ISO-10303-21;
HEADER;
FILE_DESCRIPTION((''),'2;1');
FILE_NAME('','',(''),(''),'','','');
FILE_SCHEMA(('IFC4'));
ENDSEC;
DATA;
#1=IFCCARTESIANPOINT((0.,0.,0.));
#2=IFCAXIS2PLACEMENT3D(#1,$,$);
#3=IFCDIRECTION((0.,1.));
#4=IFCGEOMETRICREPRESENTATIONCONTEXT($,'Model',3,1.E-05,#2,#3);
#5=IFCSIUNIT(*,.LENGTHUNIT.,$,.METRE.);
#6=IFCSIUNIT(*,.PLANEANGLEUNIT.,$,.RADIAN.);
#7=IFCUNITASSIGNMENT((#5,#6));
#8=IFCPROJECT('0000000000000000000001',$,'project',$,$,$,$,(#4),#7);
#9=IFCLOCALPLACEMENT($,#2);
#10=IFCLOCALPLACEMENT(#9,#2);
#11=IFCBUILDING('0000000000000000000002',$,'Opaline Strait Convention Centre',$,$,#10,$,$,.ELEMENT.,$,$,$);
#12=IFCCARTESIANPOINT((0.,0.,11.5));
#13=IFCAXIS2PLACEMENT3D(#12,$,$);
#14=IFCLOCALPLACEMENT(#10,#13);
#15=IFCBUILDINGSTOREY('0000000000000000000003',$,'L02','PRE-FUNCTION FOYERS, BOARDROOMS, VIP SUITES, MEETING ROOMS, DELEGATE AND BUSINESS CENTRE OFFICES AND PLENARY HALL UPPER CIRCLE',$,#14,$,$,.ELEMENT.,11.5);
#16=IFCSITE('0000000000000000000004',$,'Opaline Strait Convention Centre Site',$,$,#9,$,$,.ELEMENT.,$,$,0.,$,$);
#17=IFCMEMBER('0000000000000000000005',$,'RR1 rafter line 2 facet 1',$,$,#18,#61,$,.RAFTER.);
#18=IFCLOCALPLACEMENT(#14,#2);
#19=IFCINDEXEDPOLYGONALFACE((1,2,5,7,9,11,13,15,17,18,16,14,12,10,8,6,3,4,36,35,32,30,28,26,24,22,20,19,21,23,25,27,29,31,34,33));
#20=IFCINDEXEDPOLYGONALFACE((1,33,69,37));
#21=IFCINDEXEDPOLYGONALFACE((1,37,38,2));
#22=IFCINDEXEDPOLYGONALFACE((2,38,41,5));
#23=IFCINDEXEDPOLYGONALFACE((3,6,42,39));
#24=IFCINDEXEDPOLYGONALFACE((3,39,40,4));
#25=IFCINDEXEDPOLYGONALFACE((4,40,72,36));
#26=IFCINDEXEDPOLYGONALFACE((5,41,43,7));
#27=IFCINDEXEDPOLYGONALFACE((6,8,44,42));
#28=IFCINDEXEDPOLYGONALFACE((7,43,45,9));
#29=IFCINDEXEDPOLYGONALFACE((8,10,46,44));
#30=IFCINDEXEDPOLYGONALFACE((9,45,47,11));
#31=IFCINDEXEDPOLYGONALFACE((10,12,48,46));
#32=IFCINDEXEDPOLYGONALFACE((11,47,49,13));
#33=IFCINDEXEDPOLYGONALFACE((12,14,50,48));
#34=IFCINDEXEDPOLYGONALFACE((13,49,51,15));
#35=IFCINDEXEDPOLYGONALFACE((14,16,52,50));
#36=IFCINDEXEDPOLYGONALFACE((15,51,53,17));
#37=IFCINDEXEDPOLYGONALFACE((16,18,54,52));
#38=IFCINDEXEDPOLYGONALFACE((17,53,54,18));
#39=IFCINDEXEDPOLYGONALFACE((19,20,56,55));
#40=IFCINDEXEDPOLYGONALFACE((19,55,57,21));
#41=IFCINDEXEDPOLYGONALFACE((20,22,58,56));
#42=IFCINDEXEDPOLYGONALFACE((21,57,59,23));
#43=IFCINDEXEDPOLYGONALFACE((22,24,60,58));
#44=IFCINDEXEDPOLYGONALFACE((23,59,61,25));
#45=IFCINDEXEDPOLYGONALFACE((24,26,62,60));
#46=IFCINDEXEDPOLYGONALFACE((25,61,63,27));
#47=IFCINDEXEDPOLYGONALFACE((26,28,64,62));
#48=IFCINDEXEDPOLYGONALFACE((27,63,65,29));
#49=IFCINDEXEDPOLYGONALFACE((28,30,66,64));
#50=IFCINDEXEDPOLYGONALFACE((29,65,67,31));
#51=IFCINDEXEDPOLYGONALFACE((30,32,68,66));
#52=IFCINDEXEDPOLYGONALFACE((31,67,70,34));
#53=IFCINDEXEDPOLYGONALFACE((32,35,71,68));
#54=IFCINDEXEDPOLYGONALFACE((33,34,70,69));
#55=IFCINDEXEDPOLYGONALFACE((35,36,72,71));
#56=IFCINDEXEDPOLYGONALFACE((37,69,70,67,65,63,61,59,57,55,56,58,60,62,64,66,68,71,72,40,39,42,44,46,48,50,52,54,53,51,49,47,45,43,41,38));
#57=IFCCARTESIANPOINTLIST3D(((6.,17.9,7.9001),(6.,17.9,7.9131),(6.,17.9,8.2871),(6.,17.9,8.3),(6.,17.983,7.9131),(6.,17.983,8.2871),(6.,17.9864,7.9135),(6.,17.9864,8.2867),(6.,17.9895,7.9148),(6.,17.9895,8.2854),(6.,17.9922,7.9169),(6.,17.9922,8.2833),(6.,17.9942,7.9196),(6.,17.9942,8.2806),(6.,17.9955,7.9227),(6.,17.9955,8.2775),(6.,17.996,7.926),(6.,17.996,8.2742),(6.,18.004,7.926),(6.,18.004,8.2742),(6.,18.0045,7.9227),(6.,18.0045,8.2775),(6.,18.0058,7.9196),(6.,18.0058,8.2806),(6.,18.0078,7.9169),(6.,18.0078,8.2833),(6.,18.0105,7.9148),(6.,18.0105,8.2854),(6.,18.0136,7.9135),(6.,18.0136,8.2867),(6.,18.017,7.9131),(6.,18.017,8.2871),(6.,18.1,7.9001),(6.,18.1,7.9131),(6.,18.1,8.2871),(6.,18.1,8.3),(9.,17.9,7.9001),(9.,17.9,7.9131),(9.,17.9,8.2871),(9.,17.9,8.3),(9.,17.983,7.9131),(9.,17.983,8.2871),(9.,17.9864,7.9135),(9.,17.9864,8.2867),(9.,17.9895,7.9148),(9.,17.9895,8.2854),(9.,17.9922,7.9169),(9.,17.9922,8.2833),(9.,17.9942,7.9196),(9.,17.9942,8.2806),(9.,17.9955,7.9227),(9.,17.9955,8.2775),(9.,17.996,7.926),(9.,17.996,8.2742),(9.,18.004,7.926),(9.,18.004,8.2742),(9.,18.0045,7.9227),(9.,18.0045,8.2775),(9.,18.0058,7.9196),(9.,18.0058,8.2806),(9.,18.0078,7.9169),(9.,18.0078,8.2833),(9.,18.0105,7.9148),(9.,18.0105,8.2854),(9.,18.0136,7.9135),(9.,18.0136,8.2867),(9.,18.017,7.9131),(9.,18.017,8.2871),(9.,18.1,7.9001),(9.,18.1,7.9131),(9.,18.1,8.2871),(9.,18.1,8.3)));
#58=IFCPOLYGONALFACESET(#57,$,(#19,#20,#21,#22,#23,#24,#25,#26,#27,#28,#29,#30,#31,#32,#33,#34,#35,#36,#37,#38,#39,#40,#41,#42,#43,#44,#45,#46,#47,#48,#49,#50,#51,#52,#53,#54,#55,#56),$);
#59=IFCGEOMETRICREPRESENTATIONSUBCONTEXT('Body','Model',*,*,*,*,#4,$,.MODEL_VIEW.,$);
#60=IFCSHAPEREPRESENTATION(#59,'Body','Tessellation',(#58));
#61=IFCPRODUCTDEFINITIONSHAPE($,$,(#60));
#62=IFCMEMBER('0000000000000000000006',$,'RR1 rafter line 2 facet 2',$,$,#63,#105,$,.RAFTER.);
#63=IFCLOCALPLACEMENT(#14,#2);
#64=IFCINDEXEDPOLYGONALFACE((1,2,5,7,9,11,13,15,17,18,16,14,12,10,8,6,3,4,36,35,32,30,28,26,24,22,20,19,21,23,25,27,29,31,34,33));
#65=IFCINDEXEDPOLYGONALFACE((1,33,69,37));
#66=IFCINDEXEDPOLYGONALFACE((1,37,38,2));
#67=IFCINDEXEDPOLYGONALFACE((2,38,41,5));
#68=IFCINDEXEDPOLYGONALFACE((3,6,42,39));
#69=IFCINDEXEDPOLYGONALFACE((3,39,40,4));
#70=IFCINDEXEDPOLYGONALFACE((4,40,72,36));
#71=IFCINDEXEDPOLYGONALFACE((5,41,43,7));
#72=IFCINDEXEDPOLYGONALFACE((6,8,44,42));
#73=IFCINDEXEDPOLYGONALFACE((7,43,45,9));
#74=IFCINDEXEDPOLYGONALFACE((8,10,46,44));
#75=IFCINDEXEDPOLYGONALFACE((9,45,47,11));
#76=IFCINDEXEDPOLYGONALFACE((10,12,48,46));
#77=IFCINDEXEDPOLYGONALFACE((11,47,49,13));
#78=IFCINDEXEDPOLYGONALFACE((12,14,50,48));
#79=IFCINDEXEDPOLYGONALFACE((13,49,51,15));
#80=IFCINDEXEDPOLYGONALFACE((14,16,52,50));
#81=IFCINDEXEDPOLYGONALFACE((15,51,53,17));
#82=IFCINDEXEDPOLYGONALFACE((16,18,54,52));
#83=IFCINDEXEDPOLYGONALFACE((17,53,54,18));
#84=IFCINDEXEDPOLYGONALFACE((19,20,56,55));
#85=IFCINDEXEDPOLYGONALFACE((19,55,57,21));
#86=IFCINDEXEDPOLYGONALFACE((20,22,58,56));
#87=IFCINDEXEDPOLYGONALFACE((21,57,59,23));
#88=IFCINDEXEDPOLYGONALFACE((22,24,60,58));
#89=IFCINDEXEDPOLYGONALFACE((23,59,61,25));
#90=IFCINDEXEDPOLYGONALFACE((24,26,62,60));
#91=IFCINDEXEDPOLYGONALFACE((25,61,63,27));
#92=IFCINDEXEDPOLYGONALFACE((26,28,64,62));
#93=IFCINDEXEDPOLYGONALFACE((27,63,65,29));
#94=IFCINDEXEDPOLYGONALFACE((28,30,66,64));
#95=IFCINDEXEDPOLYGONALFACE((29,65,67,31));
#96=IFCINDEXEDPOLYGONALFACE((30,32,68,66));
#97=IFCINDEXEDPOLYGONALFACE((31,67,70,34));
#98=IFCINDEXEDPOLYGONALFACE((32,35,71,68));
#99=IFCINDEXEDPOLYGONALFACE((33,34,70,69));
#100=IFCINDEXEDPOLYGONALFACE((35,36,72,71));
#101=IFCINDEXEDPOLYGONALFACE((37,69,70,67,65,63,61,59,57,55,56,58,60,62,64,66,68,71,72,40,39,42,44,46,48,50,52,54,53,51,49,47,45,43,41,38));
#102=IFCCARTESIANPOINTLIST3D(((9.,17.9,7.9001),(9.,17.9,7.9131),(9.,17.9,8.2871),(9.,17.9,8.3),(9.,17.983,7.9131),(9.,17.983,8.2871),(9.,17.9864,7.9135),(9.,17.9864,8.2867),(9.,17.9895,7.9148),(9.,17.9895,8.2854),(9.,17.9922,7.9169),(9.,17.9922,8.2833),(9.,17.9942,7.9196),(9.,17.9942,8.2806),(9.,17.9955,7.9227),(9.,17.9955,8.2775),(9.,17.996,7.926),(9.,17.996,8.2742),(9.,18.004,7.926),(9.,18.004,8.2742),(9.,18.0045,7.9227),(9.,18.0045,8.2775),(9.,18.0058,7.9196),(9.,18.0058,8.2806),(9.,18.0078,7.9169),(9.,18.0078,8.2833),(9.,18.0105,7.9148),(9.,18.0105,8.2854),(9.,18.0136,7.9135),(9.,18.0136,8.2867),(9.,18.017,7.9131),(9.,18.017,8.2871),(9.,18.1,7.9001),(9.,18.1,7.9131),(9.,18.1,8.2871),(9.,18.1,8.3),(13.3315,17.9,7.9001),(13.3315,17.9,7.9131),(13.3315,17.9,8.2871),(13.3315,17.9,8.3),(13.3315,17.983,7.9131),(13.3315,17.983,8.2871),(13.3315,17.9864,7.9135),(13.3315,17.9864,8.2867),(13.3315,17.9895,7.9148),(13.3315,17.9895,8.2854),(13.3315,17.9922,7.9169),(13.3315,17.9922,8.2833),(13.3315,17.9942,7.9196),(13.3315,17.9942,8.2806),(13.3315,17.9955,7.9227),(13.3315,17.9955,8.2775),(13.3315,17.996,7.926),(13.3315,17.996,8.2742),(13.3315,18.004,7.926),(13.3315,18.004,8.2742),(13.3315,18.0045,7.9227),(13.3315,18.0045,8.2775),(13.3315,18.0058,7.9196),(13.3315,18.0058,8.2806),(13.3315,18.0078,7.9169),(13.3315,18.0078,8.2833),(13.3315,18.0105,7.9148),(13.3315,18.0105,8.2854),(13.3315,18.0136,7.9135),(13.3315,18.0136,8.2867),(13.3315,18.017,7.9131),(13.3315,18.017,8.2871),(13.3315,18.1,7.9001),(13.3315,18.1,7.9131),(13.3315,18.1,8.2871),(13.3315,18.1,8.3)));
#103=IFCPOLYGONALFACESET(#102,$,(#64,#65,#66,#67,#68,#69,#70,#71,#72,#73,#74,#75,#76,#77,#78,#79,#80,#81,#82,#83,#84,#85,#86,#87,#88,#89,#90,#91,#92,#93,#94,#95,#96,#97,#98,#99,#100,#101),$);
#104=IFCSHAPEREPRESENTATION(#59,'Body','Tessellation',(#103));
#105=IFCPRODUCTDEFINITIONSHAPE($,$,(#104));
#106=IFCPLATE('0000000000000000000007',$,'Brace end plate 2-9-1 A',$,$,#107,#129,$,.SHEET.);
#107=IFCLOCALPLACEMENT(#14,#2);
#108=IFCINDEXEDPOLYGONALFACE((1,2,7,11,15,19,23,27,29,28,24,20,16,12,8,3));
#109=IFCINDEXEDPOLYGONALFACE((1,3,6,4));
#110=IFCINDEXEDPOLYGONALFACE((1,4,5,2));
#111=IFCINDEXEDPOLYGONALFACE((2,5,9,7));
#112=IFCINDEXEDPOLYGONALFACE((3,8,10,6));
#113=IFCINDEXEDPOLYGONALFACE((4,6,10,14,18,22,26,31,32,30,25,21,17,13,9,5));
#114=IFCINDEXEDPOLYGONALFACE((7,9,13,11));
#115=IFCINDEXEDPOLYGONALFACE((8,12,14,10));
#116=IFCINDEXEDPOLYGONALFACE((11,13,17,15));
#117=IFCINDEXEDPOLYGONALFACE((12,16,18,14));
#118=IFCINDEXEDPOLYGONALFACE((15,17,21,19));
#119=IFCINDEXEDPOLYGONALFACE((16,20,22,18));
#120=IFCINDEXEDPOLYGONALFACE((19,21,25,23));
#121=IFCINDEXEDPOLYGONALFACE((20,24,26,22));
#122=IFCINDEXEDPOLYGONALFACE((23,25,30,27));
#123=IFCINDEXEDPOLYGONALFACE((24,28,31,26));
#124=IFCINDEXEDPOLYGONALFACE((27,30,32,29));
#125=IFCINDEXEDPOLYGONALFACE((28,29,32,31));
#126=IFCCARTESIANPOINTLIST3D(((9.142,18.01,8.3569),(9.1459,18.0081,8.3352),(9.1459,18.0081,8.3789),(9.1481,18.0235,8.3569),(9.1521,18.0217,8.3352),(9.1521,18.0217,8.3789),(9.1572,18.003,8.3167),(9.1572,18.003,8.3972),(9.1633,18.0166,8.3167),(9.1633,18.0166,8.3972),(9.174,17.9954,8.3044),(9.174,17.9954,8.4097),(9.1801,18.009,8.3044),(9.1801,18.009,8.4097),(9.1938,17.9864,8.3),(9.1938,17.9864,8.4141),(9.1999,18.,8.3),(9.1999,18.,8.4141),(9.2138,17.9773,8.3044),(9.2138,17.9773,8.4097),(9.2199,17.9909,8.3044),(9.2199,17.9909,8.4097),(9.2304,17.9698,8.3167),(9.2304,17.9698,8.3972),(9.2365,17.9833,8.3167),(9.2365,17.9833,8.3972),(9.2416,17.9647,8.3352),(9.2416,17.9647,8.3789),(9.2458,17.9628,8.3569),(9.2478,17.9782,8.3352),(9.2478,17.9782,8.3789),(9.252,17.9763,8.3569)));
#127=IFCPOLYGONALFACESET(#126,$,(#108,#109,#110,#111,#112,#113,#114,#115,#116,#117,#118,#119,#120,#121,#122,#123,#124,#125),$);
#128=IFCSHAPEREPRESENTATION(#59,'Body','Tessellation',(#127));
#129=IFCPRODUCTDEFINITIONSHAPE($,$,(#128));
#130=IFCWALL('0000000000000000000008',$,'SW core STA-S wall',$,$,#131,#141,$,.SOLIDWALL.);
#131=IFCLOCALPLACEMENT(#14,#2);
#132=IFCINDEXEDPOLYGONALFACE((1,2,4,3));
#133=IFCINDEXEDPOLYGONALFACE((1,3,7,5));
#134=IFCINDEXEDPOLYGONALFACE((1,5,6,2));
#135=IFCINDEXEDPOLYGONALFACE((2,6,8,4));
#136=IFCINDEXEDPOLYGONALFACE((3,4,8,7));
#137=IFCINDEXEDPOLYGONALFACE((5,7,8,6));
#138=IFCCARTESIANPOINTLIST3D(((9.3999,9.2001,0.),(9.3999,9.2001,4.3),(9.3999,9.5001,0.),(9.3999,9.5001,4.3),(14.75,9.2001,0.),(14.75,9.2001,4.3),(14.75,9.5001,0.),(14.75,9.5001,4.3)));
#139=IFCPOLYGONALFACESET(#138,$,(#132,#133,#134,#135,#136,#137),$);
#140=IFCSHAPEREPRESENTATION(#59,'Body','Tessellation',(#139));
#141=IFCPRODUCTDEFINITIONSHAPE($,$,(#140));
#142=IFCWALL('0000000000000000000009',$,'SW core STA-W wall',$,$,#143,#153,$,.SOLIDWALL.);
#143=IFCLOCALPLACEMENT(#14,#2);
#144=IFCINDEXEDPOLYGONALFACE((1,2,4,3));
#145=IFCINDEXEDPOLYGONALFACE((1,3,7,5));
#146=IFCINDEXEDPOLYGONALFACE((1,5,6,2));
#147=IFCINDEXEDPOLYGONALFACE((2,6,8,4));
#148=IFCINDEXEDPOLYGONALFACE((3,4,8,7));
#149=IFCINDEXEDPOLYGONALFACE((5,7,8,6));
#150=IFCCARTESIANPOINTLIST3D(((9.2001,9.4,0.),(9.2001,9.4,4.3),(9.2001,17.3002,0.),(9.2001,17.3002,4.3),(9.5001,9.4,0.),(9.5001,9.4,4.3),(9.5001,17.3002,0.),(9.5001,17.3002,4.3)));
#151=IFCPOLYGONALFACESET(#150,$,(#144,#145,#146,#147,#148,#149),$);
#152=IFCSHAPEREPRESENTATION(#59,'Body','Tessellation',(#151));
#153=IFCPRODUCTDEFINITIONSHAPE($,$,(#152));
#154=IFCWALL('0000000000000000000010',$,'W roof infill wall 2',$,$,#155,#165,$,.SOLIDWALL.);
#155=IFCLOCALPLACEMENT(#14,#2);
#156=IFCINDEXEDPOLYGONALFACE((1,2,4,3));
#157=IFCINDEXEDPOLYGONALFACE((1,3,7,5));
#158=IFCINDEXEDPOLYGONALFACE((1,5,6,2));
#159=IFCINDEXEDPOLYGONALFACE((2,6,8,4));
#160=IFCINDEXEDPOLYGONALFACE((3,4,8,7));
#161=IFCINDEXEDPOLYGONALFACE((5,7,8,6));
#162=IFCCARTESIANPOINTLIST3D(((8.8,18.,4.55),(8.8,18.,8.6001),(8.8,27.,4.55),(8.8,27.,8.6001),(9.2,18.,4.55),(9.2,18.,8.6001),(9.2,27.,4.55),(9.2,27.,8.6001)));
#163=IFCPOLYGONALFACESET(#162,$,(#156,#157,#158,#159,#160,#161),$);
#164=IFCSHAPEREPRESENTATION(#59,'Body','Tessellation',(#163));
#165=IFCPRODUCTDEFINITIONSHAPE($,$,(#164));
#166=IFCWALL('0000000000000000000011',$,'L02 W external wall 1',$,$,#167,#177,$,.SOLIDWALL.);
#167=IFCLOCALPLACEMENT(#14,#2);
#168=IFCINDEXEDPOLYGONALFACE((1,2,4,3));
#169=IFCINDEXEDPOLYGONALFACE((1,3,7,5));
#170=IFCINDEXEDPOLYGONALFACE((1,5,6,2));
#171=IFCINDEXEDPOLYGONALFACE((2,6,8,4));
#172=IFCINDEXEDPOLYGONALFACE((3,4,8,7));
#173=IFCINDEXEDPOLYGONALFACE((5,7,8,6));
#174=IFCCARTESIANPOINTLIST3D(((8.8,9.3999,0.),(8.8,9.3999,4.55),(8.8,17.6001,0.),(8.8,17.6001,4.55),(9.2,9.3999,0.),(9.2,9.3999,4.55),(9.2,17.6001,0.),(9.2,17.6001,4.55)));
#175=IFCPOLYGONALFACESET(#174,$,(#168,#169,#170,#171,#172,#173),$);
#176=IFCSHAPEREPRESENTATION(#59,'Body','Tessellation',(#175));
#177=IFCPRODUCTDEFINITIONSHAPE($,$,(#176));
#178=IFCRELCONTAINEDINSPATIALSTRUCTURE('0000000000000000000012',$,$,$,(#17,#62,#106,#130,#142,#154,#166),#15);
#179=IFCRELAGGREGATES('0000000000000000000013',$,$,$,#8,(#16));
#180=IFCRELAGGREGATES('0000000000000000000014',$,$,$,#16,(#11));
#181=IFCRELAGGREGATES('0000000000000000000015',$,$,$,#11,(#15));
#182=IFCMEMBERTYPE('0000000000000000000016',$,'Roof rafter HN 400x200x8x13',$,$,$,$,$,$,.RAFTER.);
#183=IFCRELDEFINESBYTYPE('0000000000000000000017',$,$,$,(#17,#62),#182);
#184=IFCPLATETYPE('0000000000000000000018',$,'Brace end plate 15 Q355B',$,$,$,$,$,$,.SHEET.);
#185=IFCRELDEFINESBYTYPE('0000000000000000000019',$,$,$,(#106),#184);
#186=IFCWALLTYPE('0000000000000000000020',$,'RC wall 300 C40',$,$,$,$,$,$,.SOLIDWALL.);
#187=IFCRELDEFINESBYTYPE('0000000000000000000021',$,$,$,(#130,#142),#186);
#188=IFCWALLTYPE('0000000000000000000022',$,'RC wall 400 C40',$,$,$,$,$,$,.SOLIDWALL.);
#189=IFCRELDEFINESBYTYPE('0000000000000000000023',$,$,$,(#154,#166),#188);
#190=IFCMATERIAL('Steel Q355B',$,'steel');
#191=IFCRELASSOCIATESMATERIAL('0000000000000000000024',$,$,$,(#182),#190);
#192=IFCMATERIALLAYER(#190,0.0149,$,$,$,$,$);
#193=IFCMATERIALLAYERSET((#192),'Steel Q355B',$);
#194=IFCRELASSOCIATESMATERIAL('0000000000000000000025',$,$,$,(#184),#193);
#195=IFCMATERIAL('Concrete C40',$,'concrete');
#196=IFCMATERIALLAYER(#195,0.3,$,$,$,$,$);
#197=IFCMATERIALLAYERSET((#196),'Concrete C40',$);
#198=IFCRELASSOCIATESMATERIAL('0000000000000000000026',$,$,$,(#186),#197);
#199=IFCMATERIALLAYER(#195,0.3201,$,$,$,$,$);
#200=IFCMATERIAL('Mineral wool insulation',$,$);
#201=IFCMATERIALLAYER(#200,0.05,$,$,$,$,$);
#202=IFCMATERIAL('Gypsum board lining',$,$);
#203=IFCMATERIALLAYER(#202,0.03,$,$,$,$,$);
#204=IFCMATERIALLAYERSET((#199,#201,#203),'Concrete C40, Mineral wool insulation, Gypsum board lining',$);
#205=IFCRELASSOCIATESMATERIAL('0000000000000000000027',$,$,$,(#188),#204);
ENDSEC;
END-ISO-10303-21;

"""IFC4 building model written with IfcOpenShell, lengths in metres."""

from ifc_helpers import new_model, si_unit, direction, frame, frame_2d, origin, origin_2d, place, context, subcontext, project, spatial, polyline, rectangle, i_section, outline, extrude, material, layer, layer_set, material_profile, profile_set, type_object, element, save


model = new_model("IFC4")

# Units and contexts
model_context = context("Model", 3, precision=1e-05, world=origin(), true_north=direction((0.0, 1.0)))
body_context = subcontext(model_context, "Body", "Model", "MODEL_VIEW")
ifc_project = project(units=[si_unit("LENGTHUNIT", "METRE"), si_unit("PLANEANGLEUNIT", "RADIAN")], contexts=[model_context])

# Site, building, storey
site_placement = place(None, origin())
site = spatial("IfcSite", under=ifc_project, at=site_placement, Name="Opaline Strait Convention Centre Site", CompositionType="ELEMENT", RefElevation=0.0)
building_placement = place(site_placement, origin())
building = spatial("IfcBuilding", under=site, at=building_placement, Name="Opaline Strait Convention Centre", CompositionType="ELEMENT")
storey_placement = place(building_placement, frame((0.0, 0.0, 11.5)))
storey = spatial("IfcBuildingStorey", under=building, at=storey_placement, Name="L02", Description="PRE-FUNCTION FOYERS, BOARDROOMS, VIP SUITES, MEETING ROOMS, DELEGATE AND BUSINESS CENTRE OFFICES AND PLENARY HALL UPPER CIRCLE", CompositionType="ELEMENT", Elevation=11.5)

# Shared definitions
ifc_material_1 = material(Name="Concrete C40", Category="concrete")

# Shared definitions
ifc_material_2 = material(Name="Steel Q355B", Category="steel")

# Members
ifc_material_profile_1 = material_profile(ifc_material_2, i_section(OverallWidth=0.2, OverallDepth=0.3999, WebThickness=0.0081, FlangeThickness=0.0129, FilletRadius=0.0129, at=origin_2d()), Name="HN 400x200x8x13")
ifc_profile_set_1 = profile_set([ifc_material_profile_1], Name="Steel Q355B")
member_type_1 = type_object("IfcMemberType", Name="Roof rafter HN 400x200x8x13", PredefinedType="RAFTER", material=ifc_profile_set_1)
member_1_placement = place(storey_placement, frame((6.0, 18.0, 8.1001), z_axis=(1.0, 0.0, 0.0), x_axis=(0.0, 1.0, 0.0)))
element("IfcMember", 1, at=member_1_placement, inside=storey, type_object=member_type_1, Name="RR1 rafter line 2 facet 1", PredefinedType="RAFTER", context=body_context, shape_type="SweptSolid", body=[
    extrude(i_section(OverallWidth=0.2, OverallDepth=0.3999, WebThickness=0.0081, FlangeThickness=0.0129, FilletRadius=0.0129, at=origin_2d()), origin(), (0.0, 0.0, 1.0), 3.0),
])
member_2_placement = place(storey_placement, frame((9.0, 18.0, 8.1001), z_axis=(1.0, 0.0, 0.0), x_axis=(0.0, 1.0, 0.0)))
element("IfcMember", 2, at=member_2_placement, inside=storey, type_object=member_type_1, Name="RR1 rafter line 2 facet 2", PredefinedType="RAFTER", context=body_context, shape_type="SweptSolid", body=[
    extrude(i_section(OverallWidth=0.2, OverallDepth=0.3999, WebThickness=0.0081, FlangeThickness=0.0129, FilletRadius=0.0129, at=origin_2d()), origin(), (0.0, 0.0, 1.0), 4.3315),
])

# Plate
ifc_layer_1 = layer(ifc_material_2, 0.0149)
ifc_layer_set_1 = layer_set([ifc_layer_1], Name="Steel Q355B")
plate_type = type_object("IfcPlateType", Name="Brace end plate 15 Q355B", PredefinedType="SHEET", material=ifc_layer_set_1)
plate_placement = place(storey_placement, frame((9.252, 17.9763, 8.3569), z_axis=(0.413759, 0.910386, 0.0), x_axis=(-0.188026, 0.085456, -0.978439)))
element("IfcPlate", 3, at=plate_placement, inside=storey, type_object=plate_type, Name="Brace end plate 2-9-1 A", PredefinedType="SHEET", context=body_context, shape_type="SweptSolid", body=[
    extrude(outline(polyline([(0.0, 0.0), (0.0222, 0.0), (0.0429, 0.0082), (0.0586, 0.0236), (0.0675, 0.0442), (0.0677, 0.0663), (0.0595, 0.0869), (0.0439, 0.1028), (0.0236, 0.1116), (0.0012, 0.1119), (-0.0193, 0.1036), (-0.0353, 0.0881), (-0.0441, 0.0677), (-0.0443, 0.0453), (-0.0359, 0.0249), (-0.0206, 0.009), (0.0, 0.0)])), origin(), (0.0, 0.0, -1.0), 0.0149),
])

# Wall
ifc_layer_2 = layer(ifc_material_1, 0.3)
ifc_layer_set_2 = layer_set([ifc_layer_2], Name="Concrete C40")
wall_type_1 = type_object("IfcWallType", Name="RC wall 300 C40", PredefinedType="SOLIDWALL", material=ifc_layer_set_2)
wall_1_placement = place(storey_placement, frame((9.3999, 9.3501, 0.0), z_axis=(0.0, 0.0, 1.0), x_axis=(1.0, 0.0, 0.0)))
element("IfcWall", 4, at=wall_1_placement, inside=storey, type_object=wall_type_1, Name="SW core STA-S wall", PredefinedType="SOLIDWALL", context=body_context, shape_type="SweptSolid", body=[
    extrude(rectangle(XDim=5.3501, YDim=0.3, at=frame_2d((2.675, 0.0))), origin(), (0.0, 0.0, 1.0), 4.3),
])

# Walls
wall_2_placement = place(storey_placement, frame((9.3501, 9.3999, 0.0), z_axis=(0.0, 0.0, 1.0), x_axis=(0.0, 1.0, 0.0)))
element("IfcWall", 5, at=wall_2_placement, inside=storey, type_object=wall_type_1, Name="SW core STA-W wall", PredefinedType="SOLIDWALL", context=body_context, shape_type="SweptSolid", body=[
    extrude(rectangle(XDim=7.9001, YDim=0.3, at=frame_2d((3.9502, 0.0))), origin(), (0.0, 0.0, 1.0), 4.3),
])
ifc_layer_3 = layer(ifc_material_1, 0.3201)
ifc_material_3 = material(Name="Mineral wool insulation")
ifc_layer_4 = layer(ifc_material_3, 0.05)
ifc_material_4 = material(Name="Gypsum board lining")
ifc_layer_5 = layer(ifc_material_4, 0.03)
ifc_layer_set_3 = layer_set([ifc_layer_3, ifc_layer_4, ifc_layer_5], Name="Concrete C40, Mineral wool insulation, Gypsum board lining")
wall_type_2 = type_object("IfcWallType", Name="RC wall 400 C40", PredefinedType="SOLIDWALL", material=ifc_layer_set_3)
wall_3_placement = place(storey_placement, frame((9.0, 18.0, 4.55), z_axis=(0.0, 0.0, 1.0), x_axis=(0.0, 1.0, 0.0)))
element("IfcWall", 6, at=wall_3_placement, inside=storey, type_object=wall_type_2, Name="W roof infill wall 2", PredefinedType="SOLIDWALL", context=body_context, shape_type="SweptSolid", body=[
    extrude(rectangle(XDim=9.0, YDim=0.3999, at=frame_2d((4.5, 0.0))), origin(), (0.0, 0.0, 1.0), 4.05),
])
wall_4_placement = place(storey_placement, frame((9.0, 9.3999, 0.0), z_axis=(0.0, 0.0, 1.0), x_axis=(0.0, 1.0, 0.0)))
element("IfcWall", 7, at=wall_4_placement, inside=storey, type_object=wall_type_2, Name="L02 W external wall 1", PredefinedType="SOLIDWALL", context=body_context, shape_type="SweptSolid", body=[
    extrude(rectangle(XDim=8.2002, YDim=0.3999, at=frame_2d((4.1001, 0.0))), origin(), (0.0, 0.0, 1.0), 4.55),
])

save(model, "model.ifc")
